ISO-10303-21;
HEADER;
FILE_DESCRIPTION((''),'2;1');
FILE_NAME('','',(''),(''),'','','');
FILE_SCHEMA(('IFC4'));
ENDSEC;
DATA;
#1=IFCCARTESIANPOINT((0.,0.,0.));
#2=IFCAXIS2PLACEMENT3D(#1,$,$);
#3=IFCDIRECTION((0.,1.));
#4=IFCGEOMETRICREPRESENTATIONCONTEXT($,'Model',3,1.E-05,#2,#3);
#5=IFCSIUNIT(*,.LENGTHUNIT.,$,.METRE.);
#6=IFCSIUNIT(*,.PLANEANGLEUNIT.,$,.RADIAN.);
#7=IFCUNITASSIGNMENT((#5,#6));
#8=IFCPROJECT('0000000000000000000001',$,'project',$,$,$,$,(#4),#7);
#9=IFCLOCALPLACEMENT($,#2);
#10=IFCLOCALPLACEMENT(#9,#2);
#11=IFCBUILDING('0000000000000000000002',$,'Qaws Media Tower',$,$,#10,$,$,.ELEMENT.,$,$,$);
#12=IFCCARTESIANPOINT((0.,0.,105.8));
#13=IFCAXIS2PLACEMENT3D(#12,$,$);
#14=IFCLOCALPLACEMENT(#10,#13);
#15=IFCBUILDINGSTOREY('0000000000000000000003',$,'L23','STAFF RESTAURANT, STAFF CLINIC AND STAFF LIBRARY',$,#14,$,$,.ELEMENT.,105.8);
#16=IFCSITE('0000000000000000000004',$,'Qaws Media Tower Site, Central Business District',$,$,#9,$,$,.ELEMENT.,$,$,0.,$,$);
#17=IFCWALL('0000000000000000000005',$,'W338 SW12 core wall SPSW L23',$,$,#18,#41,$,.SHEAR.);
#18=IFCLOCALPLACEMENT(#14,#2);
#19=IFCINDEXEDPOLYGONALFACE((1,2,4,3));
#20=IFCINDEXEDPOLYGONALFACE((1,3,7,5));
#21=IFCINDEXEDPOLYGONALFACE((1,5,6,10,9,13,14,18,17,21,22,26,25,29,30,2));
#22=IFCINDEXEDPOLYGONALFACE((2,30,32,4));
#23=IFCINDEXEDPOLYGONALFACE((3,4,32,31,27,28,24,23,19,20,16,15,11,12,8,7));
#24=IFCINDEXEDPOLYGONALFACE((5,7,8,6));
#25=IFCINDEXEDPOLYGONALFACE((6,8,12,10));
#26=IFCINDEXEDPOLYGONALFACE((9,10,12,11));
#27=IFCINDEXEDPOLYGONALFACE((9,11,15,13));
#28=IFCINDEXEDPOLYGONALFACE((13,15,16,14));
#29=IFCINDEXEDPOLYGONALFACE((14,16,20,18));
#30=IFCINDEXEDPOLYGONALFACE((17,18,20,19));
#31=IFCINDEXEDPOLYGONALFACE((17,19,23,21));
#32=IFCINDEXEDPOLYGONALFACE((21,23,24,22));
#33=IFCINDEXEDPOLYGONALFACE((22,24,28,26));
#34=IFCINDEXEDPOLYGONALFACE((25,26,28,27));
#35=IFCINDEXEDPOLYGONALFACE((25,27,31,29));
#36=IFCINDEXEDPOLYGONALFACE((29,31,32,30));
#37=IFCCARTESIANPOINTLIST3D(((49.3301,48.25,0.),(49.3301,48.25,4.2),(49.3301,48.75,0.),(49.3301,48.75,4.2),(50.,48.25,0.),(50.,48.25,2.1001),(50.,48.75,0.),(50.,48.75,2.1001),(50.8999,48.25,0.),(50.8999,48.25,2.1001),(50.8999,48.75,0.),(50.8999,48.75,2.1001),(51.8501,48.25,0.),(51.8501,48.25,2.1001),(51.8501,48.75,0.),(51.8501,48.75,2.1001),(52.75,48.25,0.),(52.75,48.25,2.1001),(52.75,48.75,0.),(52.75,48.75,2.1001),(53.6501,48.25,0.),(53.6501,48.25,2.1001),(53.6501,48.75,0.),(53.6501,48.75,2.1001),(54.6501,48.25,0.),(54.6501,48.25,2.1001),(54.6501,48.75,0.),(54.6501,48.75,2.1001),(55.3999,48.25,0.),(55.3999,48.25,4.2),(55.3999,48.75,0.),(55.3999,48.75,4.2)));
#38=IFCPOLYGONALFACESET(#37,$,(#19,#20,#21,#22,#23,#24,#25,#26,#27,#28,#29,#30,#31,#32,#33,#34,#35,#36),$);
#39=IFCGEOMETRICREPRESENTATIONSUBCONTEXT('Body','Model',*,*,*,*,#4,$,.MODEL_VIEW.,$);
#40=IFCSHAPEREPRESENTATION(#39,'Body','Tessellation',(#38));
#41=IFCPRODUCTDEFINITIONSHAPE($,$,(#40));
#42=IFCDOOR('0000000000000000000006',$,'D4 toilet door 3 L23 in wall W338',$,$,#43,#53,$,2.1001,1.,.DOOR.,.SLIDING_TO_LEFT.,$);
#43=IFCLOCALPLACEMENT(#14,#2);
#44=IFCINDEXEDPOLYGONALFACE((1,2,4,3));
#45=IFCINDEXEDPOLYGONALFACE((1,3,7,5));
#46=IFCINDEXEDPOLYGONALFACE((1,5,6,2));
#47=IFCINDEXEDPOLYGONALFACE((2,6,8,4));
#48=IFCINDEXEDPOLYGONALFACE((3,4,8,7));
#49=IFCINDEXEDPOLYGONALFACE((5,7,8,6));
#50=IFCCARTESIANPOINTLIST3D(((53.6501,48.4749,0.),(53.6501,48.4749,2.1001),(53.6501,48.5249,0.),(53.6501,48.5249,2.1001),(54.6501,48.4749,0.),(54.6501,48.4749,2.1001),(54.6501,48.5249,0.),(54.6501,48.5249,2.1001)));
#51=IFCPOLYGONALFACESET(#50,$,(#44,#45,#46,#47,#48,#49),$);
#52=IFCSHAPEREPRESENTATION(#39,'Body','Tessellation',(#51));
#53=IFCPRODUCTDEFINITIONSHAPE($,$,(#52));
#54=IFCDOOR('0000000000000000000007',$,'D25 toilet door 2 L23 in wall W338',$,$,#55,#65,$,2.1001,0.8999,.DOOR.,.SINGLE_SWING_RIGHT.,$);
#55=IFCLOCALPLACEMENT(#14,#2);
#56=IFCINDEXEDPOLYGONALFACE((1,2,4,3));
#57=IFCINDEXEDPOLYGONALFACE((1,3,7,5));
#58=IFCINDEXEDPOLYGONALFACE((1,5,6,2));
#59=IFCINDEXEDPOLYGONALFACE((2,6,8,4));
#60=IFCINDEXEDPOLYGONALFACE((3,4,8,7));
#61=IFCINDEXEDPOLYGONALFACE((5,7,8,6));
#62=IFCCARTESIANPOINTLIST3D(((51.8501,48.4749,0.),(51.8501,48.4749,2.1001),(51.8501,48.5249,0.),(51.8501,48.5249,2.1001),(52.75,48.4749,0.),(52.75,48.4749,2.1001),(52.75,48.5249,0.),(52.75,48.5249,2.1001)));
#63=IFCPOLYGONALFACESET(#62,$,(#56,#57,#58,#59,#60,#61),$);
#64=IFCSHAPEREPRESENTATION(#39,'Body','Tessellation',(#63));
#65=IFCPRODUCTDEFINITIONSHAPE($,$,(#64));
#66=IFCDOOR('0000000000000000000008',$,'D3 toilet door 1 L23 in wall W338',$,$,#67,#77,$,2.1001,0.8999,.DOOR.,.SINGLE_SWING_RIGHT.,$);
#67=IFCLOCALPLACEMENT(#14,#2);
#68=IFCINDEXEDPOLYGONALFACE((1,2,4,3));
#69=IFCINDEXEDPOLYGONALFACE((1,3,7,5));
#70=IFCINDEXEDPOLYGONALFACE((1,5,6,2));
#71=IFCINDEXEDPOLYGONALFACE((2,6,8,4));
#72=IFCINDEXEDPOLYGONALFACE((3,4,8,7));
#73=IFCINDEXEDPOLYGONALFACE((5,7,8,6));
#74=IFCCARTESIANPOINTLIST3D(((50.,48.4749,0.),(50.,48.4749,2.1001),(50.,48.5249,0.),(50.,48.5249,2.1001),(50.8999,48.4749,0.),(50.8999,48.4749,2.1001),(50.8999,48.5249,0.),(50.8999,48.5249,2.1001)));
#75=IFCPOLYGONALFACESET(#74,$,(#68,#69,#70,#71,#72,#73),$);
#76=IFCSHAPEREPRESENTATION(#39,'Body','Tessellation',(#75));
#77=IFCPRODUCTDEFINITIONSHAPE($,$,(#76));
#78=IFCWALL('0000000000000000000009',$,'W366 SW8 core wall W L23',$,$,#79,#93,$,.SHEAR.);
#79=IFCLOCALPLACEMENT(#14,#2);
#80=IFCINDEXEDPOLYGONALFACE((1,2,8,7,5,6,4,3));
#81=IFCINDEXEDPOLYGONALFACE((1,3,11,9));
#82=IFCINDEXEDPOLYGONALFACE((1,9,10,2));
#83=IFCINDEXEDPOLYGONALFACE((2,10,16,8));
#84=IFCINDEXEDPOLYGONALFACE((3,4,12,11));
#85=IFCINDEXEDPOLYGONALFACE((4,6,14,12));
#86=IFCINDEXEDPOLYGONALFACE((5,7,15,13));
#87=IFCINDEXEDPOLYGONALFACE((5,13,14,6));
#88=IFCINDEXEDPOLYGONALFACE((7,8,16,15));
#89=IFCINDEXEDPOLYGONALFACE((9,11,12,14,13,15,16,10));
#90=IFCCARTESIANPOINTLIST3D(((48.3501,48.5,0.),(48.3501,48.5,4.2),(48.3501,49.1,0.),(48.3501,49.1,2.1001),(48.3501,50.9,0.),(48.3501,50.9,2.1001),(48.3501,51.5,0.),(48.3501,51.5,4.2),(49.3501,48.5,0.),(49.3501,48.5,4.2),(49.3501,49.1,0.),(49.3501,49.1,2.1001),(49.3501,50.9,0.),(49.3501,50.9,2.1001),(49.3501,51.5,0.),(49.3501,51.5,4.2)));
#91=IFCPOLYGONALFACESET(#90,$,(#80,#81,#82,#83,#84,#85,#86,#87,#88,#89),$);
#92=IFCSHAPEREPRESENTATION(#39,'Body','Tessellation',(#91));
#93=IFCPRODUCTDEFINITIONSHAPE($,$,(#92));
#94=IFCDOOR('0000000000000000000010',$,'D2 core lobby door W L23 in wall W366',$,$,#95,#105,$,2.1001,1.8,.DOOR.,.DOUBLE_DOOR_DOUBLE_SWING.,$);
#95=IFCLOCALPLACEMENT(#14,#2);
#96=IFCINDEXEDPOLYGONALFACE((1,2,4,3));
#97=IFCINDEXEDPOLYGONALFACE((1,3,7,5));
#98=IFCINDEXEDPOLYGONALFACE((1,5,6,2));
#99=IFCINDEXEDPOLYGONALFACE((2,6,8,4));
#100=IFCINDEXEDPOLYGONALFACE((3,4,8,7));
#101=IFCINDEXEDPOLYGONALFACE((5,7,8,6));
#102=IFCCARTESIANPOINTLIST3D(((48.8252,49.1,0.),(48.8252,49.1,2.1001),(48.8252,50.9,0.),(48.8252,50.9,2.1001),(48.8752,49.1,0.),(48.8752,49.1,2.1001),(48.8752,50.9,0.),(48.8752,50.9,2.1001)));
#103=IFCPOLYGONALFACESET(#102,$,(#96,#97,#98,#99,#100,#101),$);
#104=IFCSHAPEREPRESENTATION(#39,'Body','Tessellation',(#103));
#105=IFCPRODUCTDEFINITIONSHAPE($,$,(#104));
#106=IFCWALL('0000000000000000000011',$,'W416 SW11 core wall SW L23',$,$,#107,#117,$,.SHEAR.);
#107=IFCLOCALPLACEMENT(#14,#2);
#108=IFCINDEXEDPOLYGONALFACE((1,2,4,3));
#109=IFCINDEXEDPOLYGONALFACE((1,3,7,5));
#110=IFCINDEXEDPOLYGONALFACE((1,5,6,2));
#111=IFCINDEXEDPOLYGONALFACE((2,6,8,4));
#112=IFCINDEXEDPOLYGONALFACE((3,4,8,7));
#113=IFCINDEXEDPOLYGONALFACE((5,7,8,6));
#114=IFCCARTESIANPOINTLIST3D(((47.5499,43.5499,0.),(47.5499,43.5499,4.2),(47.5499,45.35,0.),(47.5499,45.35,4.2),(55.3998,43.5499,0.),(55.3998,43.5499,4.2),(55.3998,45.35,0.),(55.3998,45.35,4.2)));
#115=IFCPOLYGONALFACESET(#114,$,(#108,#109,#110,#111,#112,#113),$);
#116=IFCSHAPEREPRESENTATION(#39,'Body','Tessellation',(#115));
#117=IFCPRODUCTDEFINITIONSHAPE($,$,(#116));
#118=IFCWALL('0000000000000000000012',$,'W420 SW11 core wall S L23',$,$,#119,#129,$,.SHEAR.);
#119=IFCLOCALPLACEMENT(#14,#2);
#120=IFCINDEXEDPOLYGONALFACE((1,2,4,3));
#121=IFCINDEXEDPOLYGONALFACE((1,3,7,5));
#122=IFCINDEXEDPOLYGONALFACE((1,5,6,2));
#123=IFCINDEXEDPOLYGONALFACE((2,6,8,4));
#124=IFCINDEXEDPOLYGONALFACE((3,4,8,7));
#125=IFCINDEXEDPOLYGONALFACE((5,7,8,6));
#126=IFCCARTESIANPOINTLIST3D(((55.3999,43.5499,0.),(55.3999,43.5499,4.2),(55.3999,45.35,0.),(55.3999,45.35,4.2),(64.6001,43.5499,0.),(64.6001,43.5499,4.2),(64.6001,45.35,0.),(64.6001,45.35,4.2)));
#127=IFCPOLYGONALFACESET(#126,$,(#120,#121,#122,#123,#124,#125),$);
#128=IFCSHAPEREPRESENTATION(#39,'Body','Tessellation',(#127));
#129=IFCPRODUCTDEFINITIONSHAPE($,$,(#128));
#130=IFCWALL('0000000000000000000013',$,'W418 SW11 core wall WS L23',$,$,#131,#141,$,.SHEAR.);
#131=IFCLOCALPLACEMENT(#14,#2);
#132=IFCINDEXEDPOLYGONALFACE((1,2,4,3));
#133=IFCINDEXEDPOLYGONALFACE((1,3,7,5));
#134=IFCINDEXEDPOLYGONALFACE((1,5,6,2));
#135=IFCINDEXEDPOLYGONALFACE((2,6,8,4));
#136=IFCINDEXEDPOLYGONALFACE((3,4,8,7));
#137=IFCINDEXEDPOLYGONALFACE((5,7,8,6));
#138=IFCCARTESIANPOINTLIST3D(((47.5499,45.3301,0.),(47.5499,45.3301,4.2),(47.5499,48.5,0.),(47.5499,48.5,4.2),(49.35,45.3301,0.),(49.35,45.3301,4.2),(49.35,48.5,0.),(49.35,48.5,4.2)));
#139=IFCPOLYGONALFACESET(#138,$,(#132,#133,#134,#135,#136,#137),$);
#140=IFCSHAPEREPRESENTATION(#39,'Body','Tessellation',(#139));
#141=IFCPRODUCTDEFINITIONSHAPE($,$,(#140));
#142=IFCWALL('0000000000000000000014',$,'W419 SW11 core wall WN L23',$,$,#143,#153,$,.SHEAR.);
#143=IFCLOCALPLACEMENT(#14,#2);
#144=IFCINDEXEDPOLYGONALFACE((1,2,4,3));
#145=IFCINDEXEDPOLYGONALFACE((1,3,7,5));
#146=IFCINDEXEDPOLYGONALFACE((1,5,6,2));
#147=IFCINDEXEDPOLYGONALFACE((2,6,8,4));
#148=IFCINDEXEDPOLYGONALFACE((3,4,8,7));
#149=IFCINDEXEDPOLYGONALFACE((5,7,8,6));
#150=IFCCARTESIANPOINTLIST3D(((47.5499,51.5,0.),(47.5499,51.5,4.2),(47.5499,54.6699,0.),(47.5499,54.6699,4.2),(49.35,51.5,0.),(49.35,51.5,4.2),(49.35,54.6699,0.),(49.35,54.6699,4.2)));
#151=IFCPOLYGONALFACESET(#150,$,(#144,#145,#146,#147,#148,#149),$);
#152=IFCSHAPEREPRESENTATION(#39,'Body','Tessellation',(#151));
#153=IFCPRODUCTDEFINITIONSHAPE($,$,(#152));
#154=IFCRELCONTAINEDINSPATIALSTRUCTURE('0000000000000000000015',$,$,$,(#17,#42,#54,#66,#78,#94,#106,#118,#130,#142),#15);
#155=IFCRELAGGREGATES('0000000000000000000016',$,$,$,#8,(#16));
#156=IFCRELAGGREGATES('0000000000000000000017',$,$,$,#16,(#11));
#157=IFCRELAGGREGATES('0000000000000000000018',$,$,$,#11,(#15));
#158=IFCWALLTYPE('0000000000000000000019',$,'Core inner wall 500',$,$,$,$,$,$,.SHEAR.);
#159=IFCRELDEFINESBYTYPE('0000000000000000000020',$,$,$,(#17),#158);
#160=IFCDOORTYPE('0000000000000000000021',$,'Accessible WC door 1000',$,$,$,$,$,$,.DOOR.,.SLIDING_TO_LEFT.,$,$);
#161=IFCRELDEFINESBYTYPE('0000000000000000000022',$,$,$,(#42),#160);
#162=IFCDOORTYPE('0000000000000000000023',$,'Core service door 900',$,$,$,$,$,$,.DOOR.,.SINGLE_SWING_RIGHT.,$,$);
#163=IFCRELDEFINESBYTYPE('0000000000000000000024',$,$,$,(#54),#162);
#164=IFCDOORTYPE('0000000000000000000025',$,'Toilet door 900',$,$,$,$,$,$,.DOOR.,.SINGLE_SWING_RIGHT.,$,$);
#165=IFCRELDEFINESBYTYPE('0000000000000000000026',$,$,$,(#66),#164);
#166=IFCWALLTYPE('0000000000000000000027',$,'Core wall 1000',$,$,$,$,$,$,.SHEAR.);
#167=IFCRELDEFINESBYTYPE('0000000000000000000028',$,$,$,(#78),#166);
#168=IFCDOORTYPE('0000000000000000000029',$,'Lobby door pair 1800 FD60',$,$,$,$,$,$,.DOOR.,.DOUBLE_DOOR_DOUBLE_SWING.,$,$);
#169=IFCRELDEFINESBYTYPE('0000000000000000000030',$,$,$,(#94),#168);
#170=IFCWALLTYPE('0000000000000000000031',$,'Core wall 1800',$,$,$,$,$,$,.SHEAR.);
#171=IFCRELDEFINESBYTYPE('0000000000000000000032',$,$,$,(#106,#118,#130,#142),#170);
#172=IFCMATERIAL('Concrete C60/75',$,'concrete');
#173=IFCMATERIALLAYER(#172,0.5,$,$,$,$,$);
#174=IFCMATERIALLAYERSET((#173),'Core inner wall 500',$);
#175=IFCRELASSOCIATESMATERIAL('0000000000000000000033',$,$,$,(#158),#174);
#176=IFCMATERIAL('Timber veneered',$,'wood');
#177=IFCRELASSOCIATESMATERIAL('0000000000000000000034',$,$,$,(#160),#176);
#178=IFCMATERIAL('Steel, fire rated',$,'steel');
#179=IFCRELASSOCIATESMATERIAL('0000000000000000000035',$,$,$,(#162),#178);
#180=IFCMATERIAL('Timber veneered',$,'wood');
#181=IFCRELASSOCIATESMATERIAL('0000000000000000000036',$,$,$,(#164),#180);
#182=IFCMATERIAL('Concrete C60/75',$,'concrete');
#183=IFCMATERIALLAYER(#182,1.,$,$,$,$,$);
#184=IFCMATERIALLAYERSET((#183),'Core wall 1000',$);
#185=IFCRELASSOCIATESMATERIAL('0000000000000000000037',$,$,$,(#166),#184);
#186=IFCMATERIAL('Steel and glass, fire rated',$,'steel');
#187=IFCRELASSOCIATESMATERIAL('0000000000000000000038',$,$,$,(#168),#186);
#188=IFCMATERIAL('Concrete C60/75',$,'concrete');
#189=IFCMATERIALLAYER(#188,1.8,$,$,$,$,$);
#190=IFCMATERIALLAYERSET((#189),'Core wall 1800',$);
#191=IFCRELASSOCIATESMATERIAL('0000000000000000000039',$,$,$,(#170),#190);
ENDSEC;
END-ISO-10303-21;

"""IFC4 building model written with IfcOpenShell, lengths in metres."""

from ifc_helpers import new_model, si_unit, direction, frame, frame_2d, origin, place, context, subcontext, project, spatial, rectangle, extrude, material, layer, layer_set, type_object, element, fill, save


model = new_model("IFC4")

# Units and contexts
model_context = context("Model", 3, precision=1e-05, world=origin(), true_north=direction((0.0, 1.0)))
body_context = subcontext(model_context, "Body", "Model", "MODEL_VIEW")
ifc_project = project(units=[si_unit("LENGTHUNIT", "METRE"), si_unit("PLANEANGLEUNIT", "RADIAN")], contexts=[model_context])

# Site, building, storey
site_placement = place(None, origin())
site = spatial("IfcSite", under=ifc_project, at=site_placement, Name="Qaws Media Tower Site, Central Business District", CompositionType="ELEMENT", RefElevation=0.0)
building_placement = place(site_placement, origin())
building = spatial("IfcBuilding", under=site, at=building_placement, Name="Qaws Media Tower", CompositionType="ELEMENT")
storey_placement = place(building_placement, frame((0.0, 0.0, 105.8)))
storey = spatial("IfcBuildingStorey", under=building, at=storey_placement, Name="L23", Description="STAFF RESTAURANT, STAFF CLINIC AND STAFF LIBRARY", CompositionType="ELEMENT", Elevation=105.8)

# Shared definitions
ifc_material_1 = material(Name="Concrete C60/75", Category="concrete")
ifc_layer_1 = layer(ifc_material_1, 0.5)
ifc_layer_set_1 = layer_set([ifc_layer_1], Name="Core inner wall 500")
wall_type_1 = type_object("IfcWallType", Name="Core inner wall 500", PredefinedType="SHEAR", material=ifc_layer_set_1)

# Wall, openings, doors
wall_1_placement = place(storey_placement, frame((49.3301, 48.5, 0.0), z_axis=(0.0, 0.0, 1.0), x_axis=(1.0, 0.0, 0.0)))
wall_1 = element("IfcWall", 1, at=wall_1_placement, inside=storey, type_object=wall_type_1, Name="W338 SW12 core wall SPSW L23", PredefinedType="SHEAR", context=body_context, shape_type="SweptSolid", body=[
    extrude(rectangle(XDim=6.0698, YDim=0.5, at=frame_2d((3.0349, 0.0))), origin(), (0.0, 0.0, 1.0), 4.2),
])
opening_1_placement = place(wall_1_placement, frame((0.6699, 0.0, 0.0)))
opening_1 = element("IfcOpeningElement", 2, at=opening_1_placement, cuts=wall_1, PredefinedType="OPENING", context=body_context, shape_type="SweptSolid", body=[
    extrude(rectangle(XDim=0.8999, YDim=2.1001, at=frame_2d((0.45, 1.05))), frame((0.0, 0.26, 0.0), z_axis=(0.0, -1.0, 0.0), x_axis=(1.0, 0.0, 0.0)), (0.0, 0.0, 1.0), 0.52),
])
opening_2_placement = place(wall_1_placement, frame((2.52, 0.0, 0.0)))
opening_2 = element("IfcOpeningElement", 3, at=opening_2_placement, cuts=wall_1, PredefinedType="OPENING", context=body_context, shape_type="SweptSolid", body=[
    extrude(rectangle(XDim=0.8999, YDim=2.1001, at=frame_2d((0.45, 1.05))), frame((0.0, 0.26, 0.0), z_axis=(0.0, -1.0, 0.0), x_axis=(1.0, 0.0, 0.0)), (0.0, 0.0, 1.0), 0.52),
])
opening_3_placement = place(wall_1_placement, frame((4.3201, 0.0, 0.0)))
opening_3 = element("IfcOpeningElement", 4, at=opening_3_placement, cuts=wall_1, PredefinedType="OPENING", context=body_context, shape_type="SweptSolid", body=[
    extrude(rectangle(XDim=1.0, YDim=2.1001, at=frame_2d((0.5, 1.05))), frame((0.0, 0.26, 0.0), z_axis=(0.0, -1.0, 0.0), x_axis=(1.0, 0.0, 0.0)), (0.0, 0.0, 1.0), 0.52),
])
ifc_material_2 = material(Name="Timber veneered", Category="wood")
door_type_1 = type_object("IfcDoorType", Name="Accessible WC door 1000", OperationType="SLIDING_TO_LEFT", PredefinedType="DOOR", material=ifc_material_2)
door_1_placement = place(opening_3_placement, origin())
door_1 = element("IfcDoor", 5, at=door_1_placement, inside=storey, type_object=door_type_1, Name="D4 toilet door 3 L23 in wall W338", OperationType="SLIDING_TO_LEFT", OverallHeight=2.1001, OverallWidth=1.0, PredefinedType="DOOR", context=body_context, shape_type="SweptSolid", body=[
    extrude(rectangle(XDim=1.0, YDim=2.1001, at=frame_2d((0.5, 1.05))), frame((0.0, 0.0249, 0.0), z_axis=(0.0, -1.0, 0.0), x_axis=(1.0, 0.0, 0.0)), (0.0, 0.0, 1.0), 0.05),
])
fill(opening_3, door_1)
ifc_material_3 = material(Name="Steel, fire rated", Category="steel")
door_type_2 = type_object("IfcDoorType", Name="Core service door 900", OperationType="SINGLE_SWING_RIGHT", PredefinedType="DOOR", material=ifc_material_3)
door_2_placement = place(opening_2_placement, origin())
door_2 = element("IfcDoor", 6, at=door_2_placement, inside=storey, type_object=door_type_2, Name="D25 toilet door 2 L23 in wall W338", OperationType="SINGLE_SWING_RIGHT", OverallHeight=2.1001, OverallWidth=0.8999, PredefinedType="DOOR", context=body_context, shape_type="SweptSolid", body=[
    extrude(rectangle(XDim=0.8999, YDim=2.1001, at=frame_2d((0.45, 1.05))), frame((0.0, 0.0249, 0.0), z_axis=(0.0, -1.0, 0.0), x_axis=(1.0, 0.0, 0.0)), (0.0, 0.0, 1.0), 0.05),
])
fill(opening_2, door_2)
ifc_material_4 = material(Name="Timber veneered", Category="wood")
door_type_3 = type_object("IfcDoorType", Name="Toilet door 900", OperationType="SINGLE_SWING_RIGHT", PredefinedType="DOOR", material=ifc_material_4)
door_3_placement = place(opening_1_placement, origin())
door_3 = element("IfcDoor", 7, at=door_3_placement, inside=storey, type_object=door_type_3, Name="D3 toilet door 1 L23 in wall W338", OperationType="SINGLE_SWING_RIGHT", OverallHeight=2.1001, OverallWidth=0.8999, PredefinedType="DOOR", context=body_context, shape_type="SweptSolid", body=[
    extrude(rectangle(XDim=0.8999, YDim=2.1001, at=frame_2d((0.45, 1.05))), frame((0.0, 0.0249, 0.0), z_axis=(0.0, -1.0, 0.0), x_axis=(1.0, 0.0, 0.0)), (0.0, 0.0, 1.0), 0.05),
])
fill(opening_1, door_3)

# Wall, opening, door
ifc_material_5 = material(Name="Concrete C60/75", Category="concrete")
ifc_layer_2 = layer(ifc_material_5, 1.0)
ifc_layer_set_2 = layer_set([ifc_layer_2], Name="Core wall 1000")
wall_type_2 = type_object("IfcWallType", Name="Core wall 1000", PredefinedType="SHEAR", material=ifc_layer_set_2)
wall_2_placement = place(storey_placement, frame((48.8501, 48.5, 0.0), z_axis=(0.0, 0.0, 1.0), x_axis=(0.0, 1.0, 0.0)))
wall_2 = element("IfcWall", 8, at=wall_2_placement, inside=storey, type_object=wall_type_2, Name="W366 SW8 core wall W L23", PredefinedType="SHEAR", context=body_context, shape_type="SweptSolid", body=[
    extrude(rectangle(XDim=3.0, YDim=1.0, at=frame_2d((1.5, 0.0))), origin(), (0.0, 0.0, 1.0), 4.2),
])
opening_4_placement = place(wall_2_placement, frame((0.6001, 0.0, 0.0)))
opening_4 = element("IfcOpeningElement", 9, at=opening_4_placement, cuts=wall_2, PredefinedType="OPENING", context=body_context, shape_type="SweptSolid", body=[
    extrude(rectangle(XDim=1.8, YDim=2.1001, at=frame_2d((0.8999, 1.05))), frame((0.0, 0.51, 0.0), z_axis=(0.0, -1.0, 0.0), x_axis=(1.0, 0.0, 0.0)), (0.0, 0.0, 1.0), 1.02),
])
ifc_material_6 = material(Name="Steel and glass, fire rated", Category="steel")
door_type_4 = type_object("IfcDoorType", Name="Lobby door pair 1800 FD60", OperationType="DOUBLE_DOOR_DOUBLE_SWING", PredefinedType="DOOR", material=ifc_material_6)
door_4_placement = place(opening_4_placement, origin())
door_4 = element("IfcDoor", 10, at=door_4_placement, inside=storey, type_object=door_type_4, Name="D2 core lobby door W L23 in wall W366", OperationType="DOUBLE_DOOR_DOUBLE_SWING", OverallHeight=2.1001, OverallWidth=1.8, PredefinedType="DOOR", context=body_context, shape_type="SweptSolid", body=[
    extrude(rectangle(XDim=1.8, YDim=2.1001, at=frame_2d((0.8999, 1.05))), frame((0.0, 0.0249, 0.0), z_axis=(0.0, -1.0, 0.0), x_axis=(1.0, 0.0, 0.0)), (0.0, 0.0, 1.0), 0.05),
])
fill(opening_4, door_4)

# Walls
ifc_material_7 = material(Name="Concrete C60/75", Category="concrete")
ifc_layer_3 = layer(ifc_material_7, 1.8)
ifc_layer_set_3 = layer_set([ifc_layer_3], Name="Core wall 1800")
wall_type_3 = type_object("IfcWallType", Name="Core wall 1800", PredefinedType="SHEAR", material=ifc_layer_set_3)
wall_3_placement = place(storey_placement, frame((47.55, 44.45, 0.0), z_axis=(0.0, 0.0, 1.0), x_axis=(1.0, 0.0, 0.0)))
element("IfcWall", 11, at=wall_3_placement, inside=storey, type_object=wall_type_3, Name="W416 SW11 core wall SW L23", PredefinedType="SHEAR", context=body_context, shape_type="SweptSolid", body=[
    extrude(rectangle(XDim=7.8499, YDim=1.8, at=frame_2d((3.9248, 0.0))), origin(), (0.0, 0.0, 1.0), 4.2),
])
wall_4_placement = place(storey_placement, frame((55.3999, 44.45, 0.0), z_axis=(0.0, 0.0, 1.0), x_axis=(1.0, 0.0, 0.0)))
element("IfcWall", 12, at=wall_4_placement, inside=storey, type_object=wall_type_3, Name="W420 SW11 core wall S L23", PredefinedType="SHEAR", context=body_context, shape_type="SweptSolid", body=[
    extrude(rectangle(XDim=9.2002, YDim=1.8, at=frame_2d((4.6001, 0.0))), origin(), (0.0, 0.0, 1.0), 4.2),
])
for number, where, z_axis, x_axis, name in (
    (13, (48.45, 45.3301, 0.0), (0.0, 0.0, 1.0), (0.0, 1.0, 0.0), "W418 SW11 core wall WS L23"),
    (14, (48.45, 51.5, 0.0), (0.0, 0.0, 1.0), (0.0, 1.0, 0.0), "W419 SW11 core wall WN L23"),
):
    element("IfcWall", number, at=place(storey_placement, frame(where, z_axis=z_axis, x_axis=x_axis)), inside=storey, type_object=wall_type_3, Name=name, PredefinedType="SHEAR", context=body_context, shape_type="SweptSolid", body=[
        extrude(rectangle(XDim=3.1699, YDim=1.8, at=frame_2d((1.585, 0.0))), origin(), (0.0, 0.0, 1.0), 4.2),
    ])

save(model, "model.ifc")
